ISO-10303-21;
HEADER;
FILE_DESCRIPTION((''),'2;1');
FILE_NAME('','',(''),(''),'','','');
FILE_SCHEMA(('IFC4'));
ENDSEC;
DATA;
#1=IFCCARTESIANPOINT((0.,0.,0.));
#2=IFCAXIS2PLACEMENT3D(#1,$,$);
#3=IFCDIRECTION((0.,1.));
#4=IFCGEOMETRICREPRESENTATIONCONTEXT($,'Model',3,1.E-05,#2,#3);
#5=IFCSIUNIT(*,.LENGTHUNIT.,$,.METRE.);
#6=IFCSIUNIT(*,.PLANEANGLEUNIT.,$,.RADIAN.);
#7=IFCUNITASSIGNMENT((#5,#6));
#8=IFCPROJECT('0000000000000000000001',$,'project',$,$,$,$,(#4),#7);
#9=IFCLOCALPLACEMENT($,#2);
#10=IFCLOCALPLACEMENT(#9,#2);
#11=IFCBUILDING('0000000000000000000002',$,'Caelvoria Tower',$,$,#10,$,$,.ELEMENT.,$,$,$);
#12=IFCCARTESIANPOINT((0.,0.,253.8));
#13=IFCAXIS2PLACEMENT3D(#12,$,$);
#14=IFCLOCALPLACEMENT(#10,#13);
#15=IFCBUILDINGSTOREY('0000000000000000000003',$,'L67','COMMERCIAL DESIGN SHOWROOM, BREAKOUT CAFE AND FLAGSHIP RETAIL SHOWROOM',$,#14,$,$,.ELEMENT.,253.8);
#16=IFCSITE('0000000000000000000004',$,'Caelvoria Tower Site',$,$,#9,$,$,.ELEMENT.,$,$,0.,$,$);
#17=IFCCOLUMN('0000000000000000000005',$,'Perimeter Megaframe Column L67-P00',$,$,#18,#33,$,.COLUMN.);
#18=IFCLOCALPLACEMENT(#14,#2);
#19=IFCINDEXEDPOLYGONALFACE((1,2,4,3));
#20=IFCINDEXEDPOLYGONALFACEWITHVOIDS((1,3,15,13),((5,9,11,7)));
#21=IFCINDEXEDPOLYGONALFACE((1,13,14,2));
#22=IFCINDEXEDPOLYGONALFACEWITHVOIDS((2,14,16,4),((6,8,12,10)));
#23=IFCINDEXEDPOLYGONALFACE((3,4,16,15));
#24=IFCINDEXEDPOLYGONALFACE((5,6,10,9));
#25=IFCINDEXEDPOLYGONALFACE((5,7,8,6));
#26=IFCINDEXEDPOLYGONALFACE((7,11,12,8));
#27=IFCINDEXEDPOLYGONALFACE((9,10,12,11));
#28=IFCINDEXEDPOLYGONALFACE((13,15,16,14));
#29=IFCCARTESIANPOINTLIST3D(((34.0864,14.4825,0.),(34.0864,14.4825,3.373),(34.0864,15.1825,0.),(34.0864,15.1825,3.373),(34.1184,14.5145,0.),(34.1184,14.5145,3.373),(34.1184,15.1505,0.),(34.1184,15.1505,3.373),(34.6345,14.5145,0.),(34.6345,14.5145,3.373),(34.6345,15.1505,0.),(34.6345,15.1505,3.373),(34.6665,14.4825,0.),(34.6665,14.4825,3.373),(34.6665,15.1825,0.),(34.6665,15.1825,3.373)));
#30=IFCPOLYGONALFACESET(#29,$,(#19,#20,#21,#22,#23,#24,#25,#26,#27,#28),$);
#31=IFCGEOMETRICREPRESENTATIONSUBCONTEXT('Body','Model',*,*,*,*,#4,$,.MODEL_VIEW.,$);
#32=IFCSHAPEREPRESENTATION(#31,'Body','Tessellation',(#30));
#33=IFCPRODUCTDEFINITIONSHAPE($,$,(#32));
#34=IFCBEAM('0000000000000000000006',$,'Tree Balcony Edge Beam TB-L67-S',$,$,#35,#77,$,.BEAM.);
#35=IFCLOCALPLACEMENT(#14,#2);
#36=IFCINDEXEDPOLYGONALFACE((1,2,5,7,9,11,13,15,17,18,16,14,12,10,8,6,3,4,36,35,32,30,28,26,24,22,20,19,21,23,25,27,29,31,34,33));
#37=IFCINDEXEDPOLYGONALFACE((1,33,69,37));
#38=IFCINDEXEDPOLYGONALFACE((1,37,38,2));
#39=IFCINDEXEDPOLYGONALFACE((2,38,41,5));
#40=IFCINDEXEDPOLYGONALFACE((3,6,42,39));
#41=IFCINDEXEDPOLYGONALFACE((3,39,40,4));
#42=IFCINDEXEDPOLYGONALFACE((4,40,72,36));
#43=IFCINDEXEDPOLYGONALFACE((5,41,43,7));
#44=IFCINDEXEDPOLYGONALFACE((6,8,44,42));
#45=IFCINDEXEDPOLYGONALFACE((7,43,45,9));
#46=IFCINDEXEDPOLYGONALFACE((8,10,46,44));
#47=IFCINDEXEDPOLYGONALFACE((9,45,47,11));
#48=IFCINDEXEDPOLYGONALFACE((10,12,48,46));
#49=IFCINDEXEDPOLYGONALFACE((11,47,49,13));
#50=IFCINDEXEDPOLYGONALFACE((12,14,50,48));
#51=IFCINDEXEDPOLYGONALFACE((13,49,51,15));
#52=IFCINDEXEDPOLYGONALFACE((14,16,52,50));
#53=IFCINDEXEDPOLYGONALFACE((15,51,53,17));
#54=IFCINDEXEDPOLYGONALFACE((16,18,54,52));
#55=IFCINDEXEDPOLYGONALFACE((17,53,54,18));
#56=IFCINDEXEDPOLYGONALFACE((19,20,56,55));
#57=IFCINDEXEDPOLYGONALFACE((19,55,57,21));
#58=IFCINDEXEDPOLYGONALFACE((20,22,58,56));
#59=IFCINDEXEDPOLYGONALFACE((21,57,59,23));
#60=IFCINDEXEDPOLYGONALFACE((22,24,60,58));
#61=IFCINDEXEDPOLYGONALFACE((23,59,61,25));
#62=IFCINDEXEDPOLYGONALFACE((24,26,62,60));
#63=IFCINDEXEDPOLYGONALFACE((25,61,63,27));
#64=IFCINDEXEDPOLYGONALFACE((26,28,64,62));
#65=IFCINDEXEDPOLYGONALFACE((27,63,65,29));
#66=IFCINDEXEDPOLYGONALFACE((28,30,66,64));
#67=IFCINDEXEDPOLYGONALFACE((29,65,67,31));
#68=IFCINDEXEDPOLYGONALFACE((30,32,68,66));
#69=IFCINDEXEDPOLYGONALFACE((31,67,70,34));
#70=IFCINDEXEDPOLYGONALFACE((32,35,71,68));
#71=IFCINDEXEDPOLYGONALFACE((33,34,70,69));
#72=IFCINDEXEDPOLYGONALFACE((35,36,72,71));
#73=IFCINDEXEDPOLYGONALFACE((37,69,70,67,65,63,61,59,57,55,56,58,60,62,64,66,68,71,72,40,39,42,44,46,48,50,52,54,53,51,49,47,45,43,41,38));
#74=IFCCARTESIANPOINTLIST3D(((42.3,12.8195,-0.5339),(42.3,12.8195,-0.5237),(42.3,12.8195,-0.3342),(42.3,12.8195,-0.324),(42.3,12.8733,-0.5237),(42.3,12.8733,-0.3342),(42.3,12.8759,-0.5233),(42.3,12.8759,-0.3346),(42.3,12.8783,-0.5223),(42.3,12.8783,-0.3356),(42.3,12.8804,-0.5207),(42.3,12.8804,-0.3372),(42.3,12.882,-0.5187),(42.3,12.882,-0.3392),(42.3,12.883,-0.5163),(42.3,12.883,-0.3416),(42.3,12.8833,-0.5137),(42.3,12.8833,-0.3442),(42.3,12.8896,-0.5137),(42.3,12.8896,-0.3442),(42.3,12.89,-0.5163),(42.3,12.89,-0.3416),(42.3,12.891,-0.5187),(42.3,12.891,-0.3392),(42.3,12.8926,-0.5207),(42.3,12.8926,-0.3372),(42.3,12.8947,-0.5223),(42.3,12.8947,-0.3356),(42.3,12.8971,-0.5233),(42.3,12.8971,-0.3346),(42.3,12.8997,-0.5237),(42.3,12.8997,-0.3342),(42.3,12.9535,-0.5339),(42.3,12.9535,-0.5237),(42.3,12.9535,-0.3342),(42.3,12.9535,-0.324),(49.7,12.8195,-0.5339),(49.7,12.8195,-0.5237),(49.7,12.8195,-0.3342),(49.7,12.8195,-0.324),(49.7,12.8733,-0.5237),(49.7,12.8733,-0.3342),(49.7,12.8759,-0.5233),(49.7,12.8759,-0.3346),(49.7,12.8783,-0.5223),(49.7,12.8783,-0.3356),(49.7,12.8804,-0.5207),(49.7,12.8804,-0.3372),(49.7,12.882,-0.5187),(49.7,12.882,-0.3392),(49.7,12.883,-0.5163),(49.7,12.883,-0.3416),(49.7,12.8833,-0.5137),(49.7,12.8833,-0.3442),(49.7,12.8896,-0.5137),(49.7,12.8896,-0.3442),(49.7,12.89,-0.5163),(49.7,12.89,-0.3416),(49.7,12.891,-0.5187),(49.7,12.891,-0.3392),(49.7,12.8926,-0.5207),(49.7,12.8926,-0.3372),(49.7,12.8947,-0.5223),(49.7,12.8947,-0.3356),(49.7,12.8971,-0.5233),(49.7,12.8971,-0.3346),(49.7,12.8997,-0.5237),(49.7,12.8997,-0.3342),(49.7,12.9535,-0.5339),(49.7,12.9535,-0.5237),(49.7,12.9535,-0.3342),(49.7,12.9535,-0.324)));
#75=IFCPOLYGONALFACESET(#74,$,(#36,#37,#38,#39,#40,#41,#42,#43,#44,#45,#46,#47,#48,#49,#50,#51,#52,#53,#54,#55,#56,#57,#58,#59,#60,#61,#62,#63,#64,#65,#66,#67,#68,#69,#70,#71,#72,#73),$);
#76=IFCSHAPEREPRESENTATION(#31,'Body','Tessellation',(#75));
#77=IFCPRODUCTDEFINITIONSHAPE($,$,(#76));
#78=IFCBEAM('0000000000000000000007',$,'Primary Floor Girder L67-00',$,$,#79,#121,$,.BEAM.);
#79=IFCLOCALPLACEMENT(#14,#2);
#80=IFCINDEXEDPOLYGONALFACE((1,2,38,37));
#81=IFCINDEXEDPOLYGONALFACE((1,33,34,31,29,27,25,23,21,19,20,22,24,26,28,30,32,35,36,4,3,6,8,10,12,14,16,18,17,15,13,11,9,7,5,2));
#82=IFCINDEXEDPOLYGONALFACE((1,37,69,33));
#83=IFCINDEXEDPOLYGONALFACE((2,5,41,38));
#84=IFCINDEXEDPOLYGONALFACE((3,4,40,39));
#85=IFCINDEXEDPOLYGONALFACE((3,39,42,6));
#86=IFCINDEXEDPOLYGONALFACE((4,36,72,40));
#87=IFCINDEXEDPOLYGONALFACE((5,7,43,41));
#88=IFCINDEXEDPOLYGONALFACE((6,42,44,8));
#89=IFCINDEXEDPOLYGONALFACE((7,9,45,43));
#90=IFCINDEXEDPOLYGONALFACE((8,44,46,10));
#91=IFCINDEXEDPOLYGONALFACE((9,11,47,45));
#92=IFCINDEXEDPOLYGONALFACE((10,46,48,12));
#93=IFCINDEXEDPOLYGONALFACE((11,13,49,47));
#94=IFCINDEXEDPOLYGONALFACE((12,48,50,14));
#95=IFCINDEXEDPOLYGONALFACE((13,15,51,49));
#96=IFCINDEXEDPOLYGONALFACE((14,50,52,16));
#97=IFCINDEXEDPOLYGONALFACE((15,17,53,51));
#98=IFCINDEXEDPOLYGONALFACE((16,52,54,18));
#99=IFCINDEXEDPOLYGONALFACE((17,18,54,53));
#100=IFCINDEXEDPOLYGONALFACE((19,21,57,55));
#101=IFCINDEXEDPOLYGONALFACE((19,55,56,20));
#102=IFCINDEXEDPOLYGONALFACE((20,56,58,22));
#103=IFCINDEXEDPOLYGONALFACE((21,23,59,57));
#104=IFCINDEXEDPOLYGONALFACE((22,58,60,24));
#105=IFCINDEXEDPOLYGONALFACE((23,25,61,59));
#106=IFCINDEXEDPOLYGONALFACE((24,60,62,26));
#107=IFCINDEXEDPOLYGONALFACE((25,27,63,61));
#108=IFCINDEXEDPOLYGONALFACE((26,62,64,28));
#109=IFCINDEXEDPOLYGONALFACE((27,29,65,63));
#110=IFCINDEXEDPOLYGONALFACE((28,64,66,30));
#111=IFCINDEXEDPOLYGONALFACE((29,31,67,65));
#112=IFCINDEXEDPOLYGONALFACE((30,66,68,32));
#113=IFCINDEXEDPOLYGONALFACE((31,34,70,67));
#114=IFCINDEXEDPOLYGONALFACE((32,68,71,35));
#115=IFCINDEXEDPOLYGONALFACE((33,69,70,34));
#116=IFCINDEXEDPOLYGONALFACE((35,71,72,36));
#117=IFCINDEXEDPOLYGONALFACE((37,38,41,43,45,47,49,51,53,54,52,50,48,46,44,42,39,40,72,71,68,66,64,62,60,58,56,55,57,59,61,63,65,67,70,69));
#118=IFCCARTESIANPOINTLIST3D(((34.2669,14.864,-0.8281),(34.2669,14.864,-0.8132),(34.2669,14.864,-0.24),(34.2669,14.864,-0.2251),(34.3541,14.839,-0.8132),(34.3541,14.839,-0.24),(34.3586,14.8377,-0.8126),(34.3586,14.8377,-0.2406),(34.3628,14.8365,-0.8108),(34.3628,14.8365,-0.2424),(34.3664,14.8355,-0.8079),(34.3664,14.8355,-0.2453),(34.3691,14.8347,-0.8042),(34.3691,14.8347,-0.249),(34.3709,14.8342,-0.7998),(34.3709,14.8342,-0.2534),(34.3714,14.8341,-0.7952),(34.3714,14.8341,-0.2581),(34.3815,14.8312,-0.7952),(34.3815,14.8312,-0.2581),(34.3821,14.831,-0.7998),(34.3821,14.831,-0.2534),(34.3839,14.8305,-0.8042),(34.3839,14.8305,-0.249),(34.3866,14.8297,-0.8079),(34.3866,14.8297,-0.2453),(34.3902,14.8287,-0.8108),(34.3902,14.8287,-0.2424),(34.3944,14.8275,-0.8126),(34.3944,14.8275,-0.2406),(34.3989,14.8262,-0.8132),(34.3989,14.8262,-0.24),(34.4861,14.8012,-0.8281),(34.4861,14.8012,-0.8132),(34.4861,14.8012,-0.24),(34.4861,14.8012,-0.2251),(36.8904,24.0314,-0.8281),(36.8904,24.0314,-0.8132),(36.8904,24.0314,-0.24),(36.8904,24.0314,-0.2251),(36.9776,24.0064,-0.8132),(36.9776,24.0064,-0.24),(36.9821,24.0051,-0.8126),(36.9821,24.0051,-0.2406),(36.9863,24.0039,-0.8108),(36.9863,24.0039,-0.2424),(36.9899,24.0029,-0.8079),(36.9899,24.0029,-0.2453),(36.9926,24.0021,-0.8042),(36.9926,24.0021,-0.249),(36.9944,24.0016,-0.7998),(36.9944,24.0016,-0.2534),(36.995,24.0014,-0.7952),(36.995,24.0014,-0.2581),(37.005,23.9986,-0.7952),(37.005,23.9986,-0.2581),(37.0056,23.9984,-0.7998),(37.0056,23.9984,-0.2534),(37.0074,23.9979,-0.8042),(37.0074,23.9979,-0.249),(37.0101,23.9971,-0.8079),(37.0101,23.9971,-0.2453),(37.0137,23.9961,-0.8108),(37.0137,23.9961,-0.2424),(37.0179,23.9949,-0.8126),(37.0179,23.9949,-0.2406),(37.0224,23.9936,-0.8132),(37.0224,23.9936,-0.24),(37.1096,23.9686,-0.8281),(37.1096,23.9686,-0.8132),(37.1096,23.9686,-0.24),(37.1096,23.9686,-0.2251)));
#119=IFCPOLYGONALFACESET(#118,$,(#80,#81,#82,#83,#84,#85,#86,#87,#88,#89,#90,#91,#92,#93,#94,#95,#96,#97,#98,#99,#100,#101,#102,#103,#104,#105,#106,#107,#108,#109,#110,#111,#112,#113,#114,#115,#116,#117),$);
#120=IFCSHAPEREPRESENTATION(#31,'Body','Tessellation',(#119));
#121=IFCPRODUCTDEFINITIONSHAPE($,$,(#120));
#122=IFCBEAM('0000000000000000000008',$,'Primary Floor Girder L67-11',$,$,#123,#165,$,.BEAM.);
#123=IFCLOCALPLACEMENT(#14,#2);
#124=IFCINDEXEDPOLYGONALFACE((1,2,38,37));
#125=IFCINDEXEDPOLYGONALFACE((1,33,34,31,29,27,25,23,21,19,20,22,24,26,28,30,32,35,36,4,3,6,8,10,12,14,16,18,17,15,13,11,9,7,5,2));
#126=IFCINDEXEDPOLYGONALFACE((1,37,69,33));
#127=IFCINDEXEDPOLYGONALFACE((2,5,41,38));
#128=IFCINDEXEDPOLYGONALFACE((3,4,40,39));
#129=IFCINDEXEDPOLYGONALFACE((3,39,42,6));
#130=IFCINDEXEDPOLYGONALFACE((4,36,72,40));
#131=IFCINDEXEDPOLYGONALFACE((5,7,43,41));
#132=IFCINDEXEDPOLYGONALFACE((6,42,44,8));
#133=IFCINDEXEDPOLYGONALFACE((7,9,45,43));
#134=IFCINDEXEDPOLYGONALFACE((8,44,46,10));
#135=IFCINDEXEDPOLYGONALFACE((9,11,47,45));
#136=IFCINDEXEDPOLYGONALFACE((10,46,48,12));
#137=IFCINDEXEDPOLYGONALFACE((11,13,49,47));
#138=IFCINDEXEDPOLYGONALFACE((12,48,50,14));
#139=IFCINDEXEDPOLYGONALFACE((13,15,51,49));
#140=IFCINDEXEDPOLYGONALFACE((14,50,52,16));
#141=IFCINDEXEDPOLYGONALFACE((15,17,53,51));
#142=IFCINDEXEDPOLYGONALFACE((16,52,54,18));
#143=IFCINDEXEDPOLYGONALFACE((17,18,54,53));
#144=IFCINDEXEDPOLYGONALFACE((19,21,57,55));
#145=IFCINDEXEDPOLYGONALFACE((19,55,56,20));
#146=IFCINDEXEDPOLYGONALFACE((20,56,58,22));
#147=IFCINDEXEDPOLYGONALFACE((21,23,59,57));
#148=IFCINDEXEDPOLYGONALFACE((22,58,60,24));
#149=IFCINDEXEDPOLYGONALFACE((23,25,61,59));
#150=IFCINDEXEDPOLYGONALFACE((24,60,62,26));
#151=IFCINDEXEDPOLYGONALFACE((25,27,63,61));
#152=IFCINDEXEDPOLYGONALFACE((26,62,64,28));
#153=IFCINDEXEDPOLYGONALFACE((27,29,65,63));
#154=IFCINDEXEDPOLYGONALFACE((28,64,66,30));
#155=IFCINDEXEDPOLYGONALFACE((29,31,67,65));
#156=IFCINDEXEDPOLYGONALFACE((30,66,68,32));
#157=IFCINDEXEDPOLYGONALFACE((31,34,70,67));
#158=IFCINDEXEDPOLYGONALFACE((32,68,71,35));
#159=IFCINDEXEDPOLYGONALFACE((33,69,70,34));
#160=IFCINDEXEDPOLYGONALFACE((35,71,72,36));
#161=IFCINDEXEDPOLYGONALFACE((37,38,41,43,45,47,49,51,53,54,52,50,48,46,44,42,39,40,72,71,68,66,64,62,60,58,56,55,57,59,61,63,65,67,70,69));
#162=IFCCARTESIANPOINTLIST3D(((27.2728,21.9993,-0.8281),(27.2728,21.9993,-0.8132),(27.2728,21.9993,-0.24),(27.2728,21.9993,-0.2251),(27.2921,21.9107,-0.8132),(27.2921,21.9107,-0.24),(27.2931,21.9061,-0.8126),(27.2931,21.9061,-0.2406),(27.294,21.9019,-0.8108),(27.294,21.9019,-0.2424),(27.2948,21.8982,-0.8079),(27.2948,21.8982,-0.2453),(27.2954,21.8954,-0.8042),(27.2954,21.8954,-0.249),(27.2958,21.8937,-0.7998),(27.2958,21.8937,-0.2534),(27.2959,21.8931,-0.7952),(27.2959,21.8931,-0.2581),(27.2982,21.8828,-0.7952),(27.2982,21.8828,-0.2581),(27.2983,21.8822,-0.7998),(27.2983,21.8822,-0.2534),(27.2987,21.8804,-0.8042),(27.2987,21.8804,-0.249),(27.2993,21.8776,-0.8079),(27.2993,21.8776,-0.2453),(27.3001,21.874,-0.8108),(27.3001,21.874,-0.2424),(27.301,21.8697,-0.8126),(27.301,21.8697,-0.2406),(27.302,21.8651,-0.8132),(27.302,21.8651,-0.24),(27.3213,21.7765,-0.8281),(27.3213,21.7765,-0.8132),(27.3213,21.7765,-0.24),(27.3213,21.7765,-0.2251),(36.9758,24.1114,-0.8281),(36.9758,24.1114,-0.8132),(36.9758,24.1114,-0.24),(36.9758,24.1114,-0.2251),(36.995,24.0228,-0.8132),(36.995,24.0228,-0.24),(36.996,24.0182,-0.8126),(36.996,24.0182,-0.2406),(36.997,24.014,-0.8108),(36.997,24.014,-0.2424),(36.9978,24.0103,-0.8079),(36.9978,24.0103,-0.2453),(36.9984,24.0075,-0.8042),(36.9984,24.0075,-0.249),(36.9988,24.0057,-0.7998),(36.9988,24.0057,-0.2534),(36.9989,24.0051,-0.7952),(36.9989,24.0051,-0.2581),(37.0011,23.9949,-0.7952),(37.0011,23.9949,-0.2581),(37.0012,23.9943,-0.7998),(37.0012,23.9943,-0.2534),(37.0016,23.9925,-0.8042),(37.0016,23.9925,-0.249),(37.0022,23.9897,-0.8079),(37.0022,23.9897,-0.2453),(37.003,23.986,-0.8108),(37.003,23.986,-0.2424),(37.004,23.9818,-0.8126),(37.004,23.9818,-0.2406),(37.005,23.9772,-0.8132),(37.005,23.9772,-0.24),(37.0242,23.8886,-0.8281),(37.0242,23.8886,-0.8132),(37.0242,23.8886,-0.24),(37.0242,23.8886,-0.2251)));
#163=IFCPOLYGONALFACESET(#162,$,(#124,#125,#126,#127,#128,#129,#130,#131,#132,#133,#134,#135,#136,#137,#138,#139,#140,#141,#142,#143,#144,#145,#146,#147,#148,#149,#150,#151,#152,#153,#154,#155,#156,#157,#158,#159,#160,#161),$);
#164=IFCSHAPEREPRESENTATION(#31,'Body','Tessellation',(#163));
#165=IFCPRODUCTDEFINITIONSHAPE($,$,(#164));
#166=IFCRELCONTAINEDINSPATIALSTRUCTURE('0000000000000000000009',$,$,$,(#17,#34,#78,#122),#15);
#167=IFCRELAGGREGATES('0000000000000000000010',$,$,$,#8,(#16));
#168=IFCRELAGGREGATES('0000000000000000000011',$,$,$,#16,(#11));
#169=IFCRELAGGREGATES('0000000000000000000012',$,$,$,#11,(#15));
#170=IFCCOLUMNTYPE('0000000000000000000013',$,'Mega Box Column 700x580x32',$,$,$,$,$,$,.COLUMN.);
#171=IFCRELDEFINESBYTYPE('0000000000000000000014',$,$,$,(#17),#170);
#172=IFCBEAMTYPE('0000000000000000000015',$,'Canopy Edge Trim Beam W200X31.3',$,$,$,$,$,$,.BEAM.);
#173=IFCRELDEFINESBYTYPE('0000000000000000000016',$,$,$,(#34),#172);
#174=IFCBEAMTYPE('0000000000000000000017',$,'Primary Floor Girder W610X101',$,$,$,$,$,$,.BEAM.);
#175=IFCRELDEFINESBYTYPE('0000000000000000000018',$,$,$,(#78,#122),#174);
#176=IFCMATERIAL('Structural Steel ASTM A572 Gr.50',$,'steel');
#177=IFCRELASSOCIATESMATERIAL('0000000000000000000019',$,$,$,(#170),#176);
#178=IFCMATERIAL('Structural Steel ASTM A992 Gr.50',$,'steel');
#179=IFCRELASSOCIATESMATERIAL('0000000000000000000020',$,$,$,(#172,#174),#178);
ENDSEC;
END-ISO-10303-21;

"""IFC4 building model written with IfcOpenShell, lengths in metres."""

from ifc_helpers import new_model, si_unit, direction, frame, origin, origin_2d, place, context, subcontext, project, spatial, hollow_rectangle, i_section, extrude, material, material_profile, profile_set, type_object, element, save


model = new_model("IFC4")

# Units and contexts
model_context = context("Model", 3, precision=1e-05, world=origin(), true_north=direction((0.0, 1.0)))
body_context = subcontext(model_context, "Body", "Model", "MODEL_VIEW")
ifc_project = project(units=[si_unit("LENGTHUNIT", "METRE"), si_unit("PLANEANGLEUNIT", "RADIAN")], contexts=[model_context])

# Site, building, storey
site_placement = place(None, origin())
site = spatial("IfcSite", under=ifc_project, at=site_placement, Name="Caelvoria Tower Site", CompositionType="ELEMENT", RefElevation=0.0)
building_placement = place(site_placement, origin())
building = spatial("IfcBuilding", under=site, at=building_placement, Name="Caelvoria Tower", CompositionType="ELEMENT")
storey_placement = place(building_placement, frame((0.0, 0.0, 253.8)))
storey = spatial("IfcBuildingStorey", under=building, at=storey_placement, Name="L67", Description="COMMERCIAL DESIGN SHOWROOM, BREAKOUT CAFE AND FLAGSHIP RETAIL SHOWROOM", CompositionType="ELEMENT", Elevation=253.8)

# Column
ifc_material_1 = material(Name="Structural Steel ASTM A572 Gr.50", Category="steel")
ifc_material_profile_1 = material_profile(ifc_material_1, hollow_rectangle(XDim=0.5801, YDim=0.7, WallThickness=0.032, at=origin_2d()), Name="Structural Steel ASTM A572 Gr.50")
ifc_profile_set_1 = profile_set([ifc_material_profile_1], Name="BOX700X580X32 - Structural Steel ASTM A572 Gr.50")
column_type = type_object("IfcColumnType", Name="Mega Box Column 700x580x32", PredefinedType="COLUMN", material=ifc_profile_set_1)
column_placement = place(storey_placement, frame((34.3765, 14.8325, 0.0), z_axis=(0.0, 0.0, 1.0), x_axis=(1.0, 0.0, 0.0)))
element("IfcColumn", 1, at=column_placement, inside=storey, type_object=column_type, Name="Perimeter Megaframe Column L67-P00", PredefinedType="COLUMN", context=body_context, shape_type="SweptSolid", body=[
    extrude(hollow_rectangle(XDim=0.5801, YDim=0.7, WallThickness=0.032, at=origin_2d()), origin(), (0.0, 0.0, 1.0), 3.373),
])

# Beams
ifc_material_2 = material(Name="Structural Steel ASTM A992 Gr.50", Category="steel")
ifc_material_profile_2 = material_profile(ifc_material_2, i_section(OverallWidth=0.134, OverallDepth=0.21, WebThickness=0.0063, FlangeThickness=0.0103, FilletRadius=0.01, at=origin_2d()), Name="Structural Steel ASTM A992 Gr.50")
ifc_profile_set_2 = profile_set([ifc_material_profile_2], Name="W200X31.3 - Structural Steel ASTM A992 Gr.50")
beam_type_1 = type_object("IfcBeamType", Name="Canopy Edge Trim Beam W200X31.3", PredefinedType="BEAM", material=ifc_profile_set_2)
beam_1_placement = place(storey_placement, frame((42.3, 12.8865, -0.429), z_axis=(1.0, 0.0, 0.0), x_axis=(0.0, 1.0, 0.0)))
element("IfcBeam", 2, at=beam_1_placement, inside=storey, type_object=beam_type_1, Name="Tree Balcony Edge Beam TB-L67-S", PredefinedType="BEAM", context=body_context, shape_type="SweptSolid", body=[
    extrude(i_section(OverallWidth=0.134, OverallDepth=0.21, WebThickness=0.0063, FlangeThickness=0.0103, FilletRadius=0.01, at=origin_2d()), origin(), (0.0, 0.0, 1.0), 7.3999),
])
ifc_material_profile_3 = material_profile(ifc_material_2, i_section(OverallWidth=0.228, OverallDepth=0.603, WebThickness=0.0105, FlangeThickness=0.0149, FilletRadius=0.0181, at=origin_2d()), Name="Structural Steel ASTM A992 Gr.50")
ifc_profile_set_3 = profile_set([ifc_material_profile_3], Name="W610X101 - Structural Steel ASTM A992 Gr.50")
beam_type_2 = type_object("IfcBeamType", Name="Primary Floor Girder W610X101", PredefinedType="BEAM", material=ifc_profile_set_3)
beam_2_placement = place(storey_placement, frame((37.0, 24.0, -0.5266), z_axis=(-0.275134, -0.961406, 0.0), x_axis=(0.961406, -0.275134, 0.0)))
element("IfcBeam", 3, at=beam_2_placement, inside=storey, type_object=beam_type_2, Name="Primary Floor Girder L67-00", PredefinedType="BEAM", context=body_context, shape_type="SweptSolid", body=[
    extrude(i_section(OverallWidth=0.228, OverallDepth=0.603, WebThickness=0.0105, FlangeThickness=0.0149, FilletRadius=0.0181, at=origin_2d()), origin(), (0.0, 0.0, 1.0), 9.5354),
])
beam_3_placement = place(storey_placement, frame((37.0, 24.0, -0.5266), z_axis=(-0.977119, -0.212693, 0.0), x_axis=(0.212693, -0.977119, 0.0)))
element("IfcBeam", 4, at=beam_3_placement, inside=storey, type_object=beam_type_2, Name="Primary Floor Girder L67-11", PredefinedType="BEAM", context=body_context, shape_type="SweptSolid", body=[
    extrude(i_section(OverallWidth=0.228, OverallDepth=0.603, WebThickness=0.0105, FlangeThickness=0.0149, FilletRadius=0.0181, at=origin_2d()), origin(), (0.0, 0.0, 1.0), 9.9302),
])

save(model, "model.ifc")
